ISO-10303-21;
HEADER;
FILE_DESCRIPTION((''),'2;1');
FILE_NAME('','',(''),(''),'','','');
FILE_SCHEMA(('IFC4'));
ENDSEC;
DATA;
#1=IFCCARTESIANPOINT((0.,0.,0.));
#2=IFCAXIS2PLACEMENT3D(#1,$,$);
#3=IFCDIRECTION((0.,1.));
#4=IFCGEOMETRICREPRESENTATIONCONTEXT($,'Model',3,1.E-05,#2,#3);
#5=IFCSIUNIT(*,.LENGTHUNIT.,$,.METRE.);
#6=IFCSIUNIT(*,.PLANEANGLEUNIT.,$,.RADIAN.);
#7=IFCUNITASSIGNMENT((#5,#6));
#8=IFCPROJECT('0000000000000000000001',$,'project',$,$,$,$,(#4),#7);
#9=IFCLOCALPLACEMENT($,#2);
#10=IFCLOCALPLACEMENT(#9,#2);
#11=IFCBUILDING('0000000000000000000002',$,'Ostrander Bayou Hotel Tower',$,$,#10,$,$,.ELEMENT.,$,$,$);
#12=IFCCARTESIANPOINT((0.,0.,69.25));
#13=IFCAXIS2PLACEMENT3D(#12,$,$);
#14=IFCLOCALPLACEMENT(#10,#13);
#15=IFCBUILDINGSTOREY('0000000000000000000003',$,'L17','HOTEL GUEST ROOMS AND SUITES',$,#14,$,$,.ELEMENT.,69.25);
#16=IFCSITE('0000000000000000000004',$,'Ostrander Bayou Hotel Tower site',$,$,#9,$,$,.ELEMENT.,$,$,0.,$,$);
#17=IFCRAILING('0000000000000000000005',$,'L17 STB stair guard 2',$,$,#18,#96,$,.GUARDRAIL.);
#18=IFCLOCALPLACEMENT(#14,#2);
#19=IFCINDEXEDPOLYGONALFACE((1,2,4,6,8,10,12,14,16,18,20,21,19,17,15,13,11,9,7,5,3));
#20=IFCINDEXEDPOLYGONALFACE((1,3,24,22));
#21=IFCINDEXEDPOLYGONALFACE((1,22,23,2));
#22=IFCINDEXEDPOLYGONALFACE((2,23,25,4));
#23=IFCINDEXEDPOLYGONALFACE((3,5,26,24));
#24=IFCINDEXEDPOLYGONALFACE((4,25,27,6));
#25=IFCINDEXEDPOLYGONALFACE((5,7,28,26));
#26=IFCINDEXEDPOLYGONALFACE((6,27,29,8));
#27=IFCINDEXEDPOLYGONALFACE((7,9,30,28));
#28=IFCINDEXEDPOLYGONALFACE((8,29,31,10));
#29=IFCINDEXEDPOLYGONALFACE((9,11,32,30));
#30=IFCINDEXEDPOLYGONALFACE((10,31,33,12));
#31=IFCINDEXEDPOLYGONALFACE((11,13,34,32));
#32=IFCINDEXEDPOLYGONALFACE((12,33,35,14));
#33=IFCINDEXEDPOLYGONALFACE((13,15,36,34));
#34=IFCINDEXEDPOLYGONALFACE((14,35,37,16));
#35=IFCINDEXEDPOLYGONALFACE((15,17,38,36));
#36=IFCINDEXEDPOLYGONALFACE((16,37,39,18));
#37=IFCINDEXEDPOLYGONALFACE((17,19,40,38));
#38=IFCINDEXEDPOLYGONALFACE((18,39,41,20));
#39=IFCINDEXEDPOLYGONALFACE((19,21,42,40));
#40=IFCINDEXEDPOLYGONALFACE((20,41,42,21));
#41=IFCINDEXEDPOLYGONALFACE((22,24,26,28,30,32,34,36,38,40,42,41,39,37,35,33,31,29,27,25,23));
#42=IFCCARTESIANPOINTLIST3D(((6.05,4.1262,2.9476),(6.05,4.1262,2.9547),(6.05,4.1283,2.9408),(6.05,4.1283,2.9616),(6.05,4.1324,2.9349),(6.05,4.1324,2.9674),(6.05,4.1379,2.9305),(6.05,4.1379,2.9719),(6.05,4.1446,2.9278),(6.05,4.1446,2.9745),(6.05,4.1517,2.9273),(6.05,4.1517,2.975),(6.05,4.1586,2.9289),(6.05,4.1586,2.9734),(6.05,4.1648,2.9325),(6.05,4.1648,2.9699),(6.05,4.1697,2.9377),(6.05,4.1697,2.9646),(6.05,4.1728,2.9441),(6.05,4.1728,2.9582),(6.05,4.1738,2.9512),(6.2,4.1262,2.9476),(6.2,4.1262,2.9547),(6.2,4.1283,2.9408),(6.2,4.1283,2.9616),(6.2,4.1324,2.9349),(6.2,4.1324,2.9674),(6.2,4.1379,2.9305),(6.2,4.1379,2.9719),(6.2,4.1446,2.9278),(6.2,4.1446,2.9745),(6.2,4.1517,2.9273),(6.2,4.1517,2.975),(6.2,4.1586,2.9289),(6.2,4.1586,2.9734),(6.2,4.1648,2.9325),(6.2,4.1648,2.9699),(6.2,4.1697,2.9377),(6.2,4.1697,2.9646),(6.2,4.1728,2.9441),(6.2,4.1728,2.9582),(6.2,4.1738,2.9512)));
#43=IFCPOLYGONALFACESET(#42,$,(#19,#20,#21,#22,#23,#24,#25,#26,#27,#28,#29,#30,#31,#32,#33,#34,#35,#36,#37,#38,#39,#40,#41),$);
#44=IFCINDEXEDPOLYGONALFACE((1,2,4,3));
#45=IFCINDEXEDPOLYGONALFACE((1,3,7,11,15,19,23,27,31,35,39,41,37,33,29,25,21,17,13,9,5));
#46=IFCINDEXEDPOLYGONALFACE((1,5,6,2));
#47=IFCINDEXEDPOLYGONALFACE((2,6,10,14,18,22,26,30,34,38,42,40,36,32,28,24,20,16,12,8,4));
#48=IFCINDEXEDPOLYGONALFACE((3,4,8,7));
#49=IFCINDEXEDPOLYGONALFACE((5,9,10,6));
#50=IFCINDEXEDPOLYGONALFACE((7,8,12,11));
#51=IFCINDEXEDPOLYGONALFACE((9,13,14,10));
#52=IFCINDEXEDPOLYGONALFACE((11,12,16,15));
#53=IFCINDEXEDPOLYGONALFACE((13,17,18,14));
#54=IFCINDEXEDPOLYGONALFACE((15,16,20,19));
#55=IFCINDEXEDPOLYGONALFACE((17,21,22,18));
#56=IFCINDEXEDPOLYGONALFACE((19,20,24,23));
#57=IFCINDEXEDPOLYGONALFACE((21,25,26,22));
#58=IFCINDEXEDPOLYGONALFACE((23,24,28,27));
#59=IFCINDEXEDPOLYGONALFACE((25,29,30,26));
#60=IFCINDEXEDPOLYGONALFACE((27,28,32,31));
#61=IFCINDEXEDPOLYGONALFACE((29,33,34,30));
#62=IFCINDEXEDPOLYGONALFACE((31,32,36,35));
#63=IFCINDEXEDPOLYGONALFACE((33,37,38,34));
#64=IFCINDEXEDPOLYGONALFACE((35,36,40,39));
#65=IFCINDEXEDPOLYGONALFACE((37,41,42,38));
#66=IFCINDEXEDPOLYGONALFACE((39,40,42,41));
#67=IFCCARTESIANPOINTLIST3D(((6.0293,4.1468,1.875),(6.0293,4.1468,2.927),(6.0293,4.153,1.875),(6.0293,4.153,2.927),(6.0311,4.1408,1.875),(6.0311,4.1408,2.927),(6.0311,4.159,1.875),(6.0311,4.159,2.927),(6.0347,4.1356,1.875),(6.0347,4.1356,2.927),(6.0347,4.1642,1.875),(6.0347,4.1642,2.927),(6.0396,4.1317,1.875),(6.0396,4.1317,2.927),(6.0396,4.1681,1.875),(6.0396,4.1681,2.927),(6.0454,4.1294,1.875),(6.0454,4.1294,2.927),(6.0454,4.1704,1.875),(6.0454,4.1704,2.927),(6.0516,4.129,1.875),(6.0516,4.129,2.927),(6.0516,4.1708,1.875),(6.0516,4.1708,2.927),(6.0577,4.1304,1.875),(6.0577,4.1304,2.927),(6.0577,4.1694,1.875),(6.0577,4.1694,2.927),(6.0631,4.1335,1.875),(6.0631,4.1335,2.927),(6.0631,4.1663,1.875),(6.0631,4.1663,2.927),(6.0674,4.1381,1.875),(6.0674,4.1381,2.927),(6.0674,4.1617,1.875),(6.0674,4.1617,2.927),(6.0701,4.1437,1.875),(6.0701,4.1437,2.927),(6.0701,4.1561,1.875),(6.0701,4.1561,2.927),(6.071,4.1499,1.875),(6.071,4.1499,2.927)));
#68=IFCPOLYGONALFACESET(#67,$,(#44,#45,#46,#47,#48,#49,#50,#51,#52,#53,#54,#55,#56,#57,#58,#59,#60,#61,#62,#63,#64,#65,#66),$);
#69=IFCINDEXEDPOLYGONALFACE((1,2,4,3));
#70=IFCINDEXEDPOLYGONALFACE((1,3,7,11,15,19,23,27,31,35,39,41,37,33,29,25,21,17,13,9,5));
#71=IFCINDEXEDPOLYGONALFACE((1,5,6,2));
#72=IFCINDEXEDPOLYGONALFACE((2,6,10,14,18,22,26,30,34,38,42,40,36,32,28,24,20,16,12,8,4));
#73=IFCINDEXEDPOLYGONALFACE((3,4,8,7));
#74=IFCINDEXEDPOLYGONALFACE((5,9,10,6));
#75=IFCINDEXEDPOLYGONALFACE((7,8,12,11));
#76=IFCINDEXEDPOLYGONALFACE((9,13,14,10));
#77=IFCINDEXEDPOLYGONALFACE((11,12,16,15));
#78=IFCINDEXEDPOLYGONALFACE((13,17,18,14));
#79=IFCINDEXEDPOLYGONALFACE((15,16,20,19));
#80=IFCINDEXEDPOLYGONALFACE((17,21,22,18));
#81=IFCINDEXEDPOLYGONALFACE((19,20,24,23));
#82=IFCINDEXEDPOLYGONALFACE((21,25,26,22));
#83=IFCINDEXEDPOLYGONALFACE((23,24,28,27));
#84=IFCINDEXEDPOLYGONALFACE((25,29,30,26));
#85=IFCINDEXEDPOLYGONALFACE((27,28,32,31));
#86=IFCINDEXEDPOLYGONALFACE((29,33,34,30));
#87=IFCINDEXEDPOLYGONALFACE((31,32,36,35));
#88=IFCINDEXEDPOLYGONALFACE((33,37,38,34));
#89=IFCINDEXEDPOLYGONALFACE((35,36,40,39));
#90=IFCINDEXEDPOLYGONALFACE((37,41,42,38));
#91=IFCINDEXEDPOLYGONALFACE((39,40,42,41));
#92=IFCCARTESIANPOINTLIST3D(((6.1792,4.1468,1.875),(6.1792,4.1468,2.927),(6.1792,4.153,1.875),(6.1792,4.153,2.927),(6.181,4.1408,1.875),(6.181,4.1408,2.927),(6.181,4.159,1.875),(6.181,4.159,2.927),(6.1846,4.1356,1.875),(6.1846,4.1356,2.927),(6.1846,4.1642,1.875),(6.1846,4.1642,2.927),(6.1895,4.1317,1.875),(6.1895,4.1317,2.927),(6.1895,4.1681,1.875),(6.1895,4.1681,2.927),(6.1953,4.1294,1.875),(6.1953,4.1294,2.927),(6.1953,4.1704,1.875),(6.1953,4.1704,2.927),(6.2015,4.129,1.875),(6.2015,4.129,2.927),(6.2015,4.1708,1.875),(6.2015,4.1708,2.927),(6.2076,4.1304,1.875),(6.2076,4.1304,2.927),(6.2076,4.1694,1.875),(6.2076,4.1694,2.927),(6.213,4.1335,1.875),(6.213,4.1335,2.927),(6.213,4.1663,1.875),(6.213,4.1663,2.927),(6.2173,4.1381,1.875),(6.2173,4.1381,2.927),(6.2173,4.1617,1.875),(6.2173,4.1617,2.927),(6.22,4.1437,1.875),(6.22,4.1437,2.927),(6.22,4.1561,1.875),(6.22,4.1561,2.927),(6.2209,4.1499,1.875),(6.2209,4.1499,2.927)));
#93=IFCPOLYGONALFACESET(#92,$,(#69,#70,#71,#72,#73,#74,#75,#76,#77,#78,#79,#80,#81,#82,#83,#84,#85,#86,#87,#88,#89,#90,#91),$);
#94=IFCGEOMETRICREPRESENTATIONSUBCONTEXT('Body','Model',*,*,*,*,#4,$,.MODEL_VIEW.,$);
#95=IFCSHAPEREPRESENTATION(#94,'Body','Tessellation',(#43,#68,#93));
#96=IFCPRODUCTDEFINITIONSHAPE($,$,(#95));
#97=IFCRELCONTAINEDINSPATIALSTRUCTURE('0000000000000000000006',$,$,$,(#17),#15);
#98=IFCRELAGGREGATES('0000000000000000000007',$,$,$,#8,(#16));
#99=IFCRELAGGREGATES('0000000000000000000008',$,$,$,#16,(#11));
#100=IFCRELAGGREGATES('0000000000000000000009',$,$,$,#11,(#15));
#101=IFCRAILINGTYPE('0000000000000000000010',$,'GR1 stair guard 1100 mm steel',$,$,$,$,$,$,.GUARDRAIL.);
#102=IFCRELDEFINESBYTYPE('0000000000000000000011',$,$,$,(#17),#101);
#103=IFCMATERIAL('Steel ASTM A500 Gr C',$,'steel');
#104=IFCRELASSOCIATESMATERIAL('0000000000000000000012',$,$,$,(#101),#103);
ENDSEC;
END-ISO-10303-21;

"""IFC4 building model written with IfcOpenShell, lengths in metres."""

from ifc_helpers import new_model, si_unit, direction, frame, origin, origin_2d, place, context, subcontext, project, spatial, circle, extrude, material, type_object, element, save


model = new_model("IFC4")

# Units and contexts
model_context = context("Model", 3, precision=1e-05, world=origin(), true_north=direction((0.0, 1.0)))
body_context = subcontext(model_context, "Body", "Model", "MODEL_VIEW")
ifc_project = project(units=[si_unit("LENGTHUNIT", "METRE"), si_unit("PLANEANGLEUNIT", "RADIAN")], contexts=[model_context])

# Site, building, storey
site_placement = place(None, origin())
site = spatial("IfcSite", under=ifc_project, at=site_placement, Name="Ostrander Bayou Hotel Tower site", CompositionType="ELEMENT", RefElevation=0.0)
building_placement = place(site_placement, origin())
building = spatial("IfcBuilding", under=site, at=building_placement, Name="Ostrander Bayou Hotel Tower", CompositionType="ELEMENT")
storey_placement = place(building_placement, frame((0.0, 0.0, 69.25)))
storey = spatial("IfcBuildingStorey", under=building, at=storey_placement, Name="L17", Description="HOTEL GUEST ROOMS AND SUITES", CompositionType="ELEMENT", Elevation=69.25)

# Railing
ifc_material_1 = material(Name="Steel ASTM A500 Gr C", Category="steel")
railing_type_1 = type_object("IfcRailingType", Name="GR1 stair guard 1100 mm steel", PredefinedType="GUARDRAIL", material=ifc_material_1)
railing_1_placement = place(storey_placement, frame((6.05, 4.1499, 1.875)))
element("IfcRailing", 1, at=railing_1_placement, inside=storey, type_object=railing_type_1, Name="L17 STB stair guard 2", PredefinedType="GUARDRAIL", context=body_context, shape_type="SweptSolid", body=[
    extrude(circle(Radius=0.0239, at=origin_2d()), frame((0.0, 0.0, 1.0762), z_axis=(1.0, 0.0, 0.0), x_axis=(0.0, 1.0, 0.0)), (0.0, 0.0, 1.0), 0.1499),
    extrude(circle(Radius=0.021, at=origin_2d()), origin(), (0.0, 0.0, 1.0), 1.052),
    extrude(circle(Radius=0.021, at=origin_2d()), frame((0.1499, 0.0, 0.0)), (0.0, 0.0, 1.0), 1.052),
])

save(model, "model.ifc")
